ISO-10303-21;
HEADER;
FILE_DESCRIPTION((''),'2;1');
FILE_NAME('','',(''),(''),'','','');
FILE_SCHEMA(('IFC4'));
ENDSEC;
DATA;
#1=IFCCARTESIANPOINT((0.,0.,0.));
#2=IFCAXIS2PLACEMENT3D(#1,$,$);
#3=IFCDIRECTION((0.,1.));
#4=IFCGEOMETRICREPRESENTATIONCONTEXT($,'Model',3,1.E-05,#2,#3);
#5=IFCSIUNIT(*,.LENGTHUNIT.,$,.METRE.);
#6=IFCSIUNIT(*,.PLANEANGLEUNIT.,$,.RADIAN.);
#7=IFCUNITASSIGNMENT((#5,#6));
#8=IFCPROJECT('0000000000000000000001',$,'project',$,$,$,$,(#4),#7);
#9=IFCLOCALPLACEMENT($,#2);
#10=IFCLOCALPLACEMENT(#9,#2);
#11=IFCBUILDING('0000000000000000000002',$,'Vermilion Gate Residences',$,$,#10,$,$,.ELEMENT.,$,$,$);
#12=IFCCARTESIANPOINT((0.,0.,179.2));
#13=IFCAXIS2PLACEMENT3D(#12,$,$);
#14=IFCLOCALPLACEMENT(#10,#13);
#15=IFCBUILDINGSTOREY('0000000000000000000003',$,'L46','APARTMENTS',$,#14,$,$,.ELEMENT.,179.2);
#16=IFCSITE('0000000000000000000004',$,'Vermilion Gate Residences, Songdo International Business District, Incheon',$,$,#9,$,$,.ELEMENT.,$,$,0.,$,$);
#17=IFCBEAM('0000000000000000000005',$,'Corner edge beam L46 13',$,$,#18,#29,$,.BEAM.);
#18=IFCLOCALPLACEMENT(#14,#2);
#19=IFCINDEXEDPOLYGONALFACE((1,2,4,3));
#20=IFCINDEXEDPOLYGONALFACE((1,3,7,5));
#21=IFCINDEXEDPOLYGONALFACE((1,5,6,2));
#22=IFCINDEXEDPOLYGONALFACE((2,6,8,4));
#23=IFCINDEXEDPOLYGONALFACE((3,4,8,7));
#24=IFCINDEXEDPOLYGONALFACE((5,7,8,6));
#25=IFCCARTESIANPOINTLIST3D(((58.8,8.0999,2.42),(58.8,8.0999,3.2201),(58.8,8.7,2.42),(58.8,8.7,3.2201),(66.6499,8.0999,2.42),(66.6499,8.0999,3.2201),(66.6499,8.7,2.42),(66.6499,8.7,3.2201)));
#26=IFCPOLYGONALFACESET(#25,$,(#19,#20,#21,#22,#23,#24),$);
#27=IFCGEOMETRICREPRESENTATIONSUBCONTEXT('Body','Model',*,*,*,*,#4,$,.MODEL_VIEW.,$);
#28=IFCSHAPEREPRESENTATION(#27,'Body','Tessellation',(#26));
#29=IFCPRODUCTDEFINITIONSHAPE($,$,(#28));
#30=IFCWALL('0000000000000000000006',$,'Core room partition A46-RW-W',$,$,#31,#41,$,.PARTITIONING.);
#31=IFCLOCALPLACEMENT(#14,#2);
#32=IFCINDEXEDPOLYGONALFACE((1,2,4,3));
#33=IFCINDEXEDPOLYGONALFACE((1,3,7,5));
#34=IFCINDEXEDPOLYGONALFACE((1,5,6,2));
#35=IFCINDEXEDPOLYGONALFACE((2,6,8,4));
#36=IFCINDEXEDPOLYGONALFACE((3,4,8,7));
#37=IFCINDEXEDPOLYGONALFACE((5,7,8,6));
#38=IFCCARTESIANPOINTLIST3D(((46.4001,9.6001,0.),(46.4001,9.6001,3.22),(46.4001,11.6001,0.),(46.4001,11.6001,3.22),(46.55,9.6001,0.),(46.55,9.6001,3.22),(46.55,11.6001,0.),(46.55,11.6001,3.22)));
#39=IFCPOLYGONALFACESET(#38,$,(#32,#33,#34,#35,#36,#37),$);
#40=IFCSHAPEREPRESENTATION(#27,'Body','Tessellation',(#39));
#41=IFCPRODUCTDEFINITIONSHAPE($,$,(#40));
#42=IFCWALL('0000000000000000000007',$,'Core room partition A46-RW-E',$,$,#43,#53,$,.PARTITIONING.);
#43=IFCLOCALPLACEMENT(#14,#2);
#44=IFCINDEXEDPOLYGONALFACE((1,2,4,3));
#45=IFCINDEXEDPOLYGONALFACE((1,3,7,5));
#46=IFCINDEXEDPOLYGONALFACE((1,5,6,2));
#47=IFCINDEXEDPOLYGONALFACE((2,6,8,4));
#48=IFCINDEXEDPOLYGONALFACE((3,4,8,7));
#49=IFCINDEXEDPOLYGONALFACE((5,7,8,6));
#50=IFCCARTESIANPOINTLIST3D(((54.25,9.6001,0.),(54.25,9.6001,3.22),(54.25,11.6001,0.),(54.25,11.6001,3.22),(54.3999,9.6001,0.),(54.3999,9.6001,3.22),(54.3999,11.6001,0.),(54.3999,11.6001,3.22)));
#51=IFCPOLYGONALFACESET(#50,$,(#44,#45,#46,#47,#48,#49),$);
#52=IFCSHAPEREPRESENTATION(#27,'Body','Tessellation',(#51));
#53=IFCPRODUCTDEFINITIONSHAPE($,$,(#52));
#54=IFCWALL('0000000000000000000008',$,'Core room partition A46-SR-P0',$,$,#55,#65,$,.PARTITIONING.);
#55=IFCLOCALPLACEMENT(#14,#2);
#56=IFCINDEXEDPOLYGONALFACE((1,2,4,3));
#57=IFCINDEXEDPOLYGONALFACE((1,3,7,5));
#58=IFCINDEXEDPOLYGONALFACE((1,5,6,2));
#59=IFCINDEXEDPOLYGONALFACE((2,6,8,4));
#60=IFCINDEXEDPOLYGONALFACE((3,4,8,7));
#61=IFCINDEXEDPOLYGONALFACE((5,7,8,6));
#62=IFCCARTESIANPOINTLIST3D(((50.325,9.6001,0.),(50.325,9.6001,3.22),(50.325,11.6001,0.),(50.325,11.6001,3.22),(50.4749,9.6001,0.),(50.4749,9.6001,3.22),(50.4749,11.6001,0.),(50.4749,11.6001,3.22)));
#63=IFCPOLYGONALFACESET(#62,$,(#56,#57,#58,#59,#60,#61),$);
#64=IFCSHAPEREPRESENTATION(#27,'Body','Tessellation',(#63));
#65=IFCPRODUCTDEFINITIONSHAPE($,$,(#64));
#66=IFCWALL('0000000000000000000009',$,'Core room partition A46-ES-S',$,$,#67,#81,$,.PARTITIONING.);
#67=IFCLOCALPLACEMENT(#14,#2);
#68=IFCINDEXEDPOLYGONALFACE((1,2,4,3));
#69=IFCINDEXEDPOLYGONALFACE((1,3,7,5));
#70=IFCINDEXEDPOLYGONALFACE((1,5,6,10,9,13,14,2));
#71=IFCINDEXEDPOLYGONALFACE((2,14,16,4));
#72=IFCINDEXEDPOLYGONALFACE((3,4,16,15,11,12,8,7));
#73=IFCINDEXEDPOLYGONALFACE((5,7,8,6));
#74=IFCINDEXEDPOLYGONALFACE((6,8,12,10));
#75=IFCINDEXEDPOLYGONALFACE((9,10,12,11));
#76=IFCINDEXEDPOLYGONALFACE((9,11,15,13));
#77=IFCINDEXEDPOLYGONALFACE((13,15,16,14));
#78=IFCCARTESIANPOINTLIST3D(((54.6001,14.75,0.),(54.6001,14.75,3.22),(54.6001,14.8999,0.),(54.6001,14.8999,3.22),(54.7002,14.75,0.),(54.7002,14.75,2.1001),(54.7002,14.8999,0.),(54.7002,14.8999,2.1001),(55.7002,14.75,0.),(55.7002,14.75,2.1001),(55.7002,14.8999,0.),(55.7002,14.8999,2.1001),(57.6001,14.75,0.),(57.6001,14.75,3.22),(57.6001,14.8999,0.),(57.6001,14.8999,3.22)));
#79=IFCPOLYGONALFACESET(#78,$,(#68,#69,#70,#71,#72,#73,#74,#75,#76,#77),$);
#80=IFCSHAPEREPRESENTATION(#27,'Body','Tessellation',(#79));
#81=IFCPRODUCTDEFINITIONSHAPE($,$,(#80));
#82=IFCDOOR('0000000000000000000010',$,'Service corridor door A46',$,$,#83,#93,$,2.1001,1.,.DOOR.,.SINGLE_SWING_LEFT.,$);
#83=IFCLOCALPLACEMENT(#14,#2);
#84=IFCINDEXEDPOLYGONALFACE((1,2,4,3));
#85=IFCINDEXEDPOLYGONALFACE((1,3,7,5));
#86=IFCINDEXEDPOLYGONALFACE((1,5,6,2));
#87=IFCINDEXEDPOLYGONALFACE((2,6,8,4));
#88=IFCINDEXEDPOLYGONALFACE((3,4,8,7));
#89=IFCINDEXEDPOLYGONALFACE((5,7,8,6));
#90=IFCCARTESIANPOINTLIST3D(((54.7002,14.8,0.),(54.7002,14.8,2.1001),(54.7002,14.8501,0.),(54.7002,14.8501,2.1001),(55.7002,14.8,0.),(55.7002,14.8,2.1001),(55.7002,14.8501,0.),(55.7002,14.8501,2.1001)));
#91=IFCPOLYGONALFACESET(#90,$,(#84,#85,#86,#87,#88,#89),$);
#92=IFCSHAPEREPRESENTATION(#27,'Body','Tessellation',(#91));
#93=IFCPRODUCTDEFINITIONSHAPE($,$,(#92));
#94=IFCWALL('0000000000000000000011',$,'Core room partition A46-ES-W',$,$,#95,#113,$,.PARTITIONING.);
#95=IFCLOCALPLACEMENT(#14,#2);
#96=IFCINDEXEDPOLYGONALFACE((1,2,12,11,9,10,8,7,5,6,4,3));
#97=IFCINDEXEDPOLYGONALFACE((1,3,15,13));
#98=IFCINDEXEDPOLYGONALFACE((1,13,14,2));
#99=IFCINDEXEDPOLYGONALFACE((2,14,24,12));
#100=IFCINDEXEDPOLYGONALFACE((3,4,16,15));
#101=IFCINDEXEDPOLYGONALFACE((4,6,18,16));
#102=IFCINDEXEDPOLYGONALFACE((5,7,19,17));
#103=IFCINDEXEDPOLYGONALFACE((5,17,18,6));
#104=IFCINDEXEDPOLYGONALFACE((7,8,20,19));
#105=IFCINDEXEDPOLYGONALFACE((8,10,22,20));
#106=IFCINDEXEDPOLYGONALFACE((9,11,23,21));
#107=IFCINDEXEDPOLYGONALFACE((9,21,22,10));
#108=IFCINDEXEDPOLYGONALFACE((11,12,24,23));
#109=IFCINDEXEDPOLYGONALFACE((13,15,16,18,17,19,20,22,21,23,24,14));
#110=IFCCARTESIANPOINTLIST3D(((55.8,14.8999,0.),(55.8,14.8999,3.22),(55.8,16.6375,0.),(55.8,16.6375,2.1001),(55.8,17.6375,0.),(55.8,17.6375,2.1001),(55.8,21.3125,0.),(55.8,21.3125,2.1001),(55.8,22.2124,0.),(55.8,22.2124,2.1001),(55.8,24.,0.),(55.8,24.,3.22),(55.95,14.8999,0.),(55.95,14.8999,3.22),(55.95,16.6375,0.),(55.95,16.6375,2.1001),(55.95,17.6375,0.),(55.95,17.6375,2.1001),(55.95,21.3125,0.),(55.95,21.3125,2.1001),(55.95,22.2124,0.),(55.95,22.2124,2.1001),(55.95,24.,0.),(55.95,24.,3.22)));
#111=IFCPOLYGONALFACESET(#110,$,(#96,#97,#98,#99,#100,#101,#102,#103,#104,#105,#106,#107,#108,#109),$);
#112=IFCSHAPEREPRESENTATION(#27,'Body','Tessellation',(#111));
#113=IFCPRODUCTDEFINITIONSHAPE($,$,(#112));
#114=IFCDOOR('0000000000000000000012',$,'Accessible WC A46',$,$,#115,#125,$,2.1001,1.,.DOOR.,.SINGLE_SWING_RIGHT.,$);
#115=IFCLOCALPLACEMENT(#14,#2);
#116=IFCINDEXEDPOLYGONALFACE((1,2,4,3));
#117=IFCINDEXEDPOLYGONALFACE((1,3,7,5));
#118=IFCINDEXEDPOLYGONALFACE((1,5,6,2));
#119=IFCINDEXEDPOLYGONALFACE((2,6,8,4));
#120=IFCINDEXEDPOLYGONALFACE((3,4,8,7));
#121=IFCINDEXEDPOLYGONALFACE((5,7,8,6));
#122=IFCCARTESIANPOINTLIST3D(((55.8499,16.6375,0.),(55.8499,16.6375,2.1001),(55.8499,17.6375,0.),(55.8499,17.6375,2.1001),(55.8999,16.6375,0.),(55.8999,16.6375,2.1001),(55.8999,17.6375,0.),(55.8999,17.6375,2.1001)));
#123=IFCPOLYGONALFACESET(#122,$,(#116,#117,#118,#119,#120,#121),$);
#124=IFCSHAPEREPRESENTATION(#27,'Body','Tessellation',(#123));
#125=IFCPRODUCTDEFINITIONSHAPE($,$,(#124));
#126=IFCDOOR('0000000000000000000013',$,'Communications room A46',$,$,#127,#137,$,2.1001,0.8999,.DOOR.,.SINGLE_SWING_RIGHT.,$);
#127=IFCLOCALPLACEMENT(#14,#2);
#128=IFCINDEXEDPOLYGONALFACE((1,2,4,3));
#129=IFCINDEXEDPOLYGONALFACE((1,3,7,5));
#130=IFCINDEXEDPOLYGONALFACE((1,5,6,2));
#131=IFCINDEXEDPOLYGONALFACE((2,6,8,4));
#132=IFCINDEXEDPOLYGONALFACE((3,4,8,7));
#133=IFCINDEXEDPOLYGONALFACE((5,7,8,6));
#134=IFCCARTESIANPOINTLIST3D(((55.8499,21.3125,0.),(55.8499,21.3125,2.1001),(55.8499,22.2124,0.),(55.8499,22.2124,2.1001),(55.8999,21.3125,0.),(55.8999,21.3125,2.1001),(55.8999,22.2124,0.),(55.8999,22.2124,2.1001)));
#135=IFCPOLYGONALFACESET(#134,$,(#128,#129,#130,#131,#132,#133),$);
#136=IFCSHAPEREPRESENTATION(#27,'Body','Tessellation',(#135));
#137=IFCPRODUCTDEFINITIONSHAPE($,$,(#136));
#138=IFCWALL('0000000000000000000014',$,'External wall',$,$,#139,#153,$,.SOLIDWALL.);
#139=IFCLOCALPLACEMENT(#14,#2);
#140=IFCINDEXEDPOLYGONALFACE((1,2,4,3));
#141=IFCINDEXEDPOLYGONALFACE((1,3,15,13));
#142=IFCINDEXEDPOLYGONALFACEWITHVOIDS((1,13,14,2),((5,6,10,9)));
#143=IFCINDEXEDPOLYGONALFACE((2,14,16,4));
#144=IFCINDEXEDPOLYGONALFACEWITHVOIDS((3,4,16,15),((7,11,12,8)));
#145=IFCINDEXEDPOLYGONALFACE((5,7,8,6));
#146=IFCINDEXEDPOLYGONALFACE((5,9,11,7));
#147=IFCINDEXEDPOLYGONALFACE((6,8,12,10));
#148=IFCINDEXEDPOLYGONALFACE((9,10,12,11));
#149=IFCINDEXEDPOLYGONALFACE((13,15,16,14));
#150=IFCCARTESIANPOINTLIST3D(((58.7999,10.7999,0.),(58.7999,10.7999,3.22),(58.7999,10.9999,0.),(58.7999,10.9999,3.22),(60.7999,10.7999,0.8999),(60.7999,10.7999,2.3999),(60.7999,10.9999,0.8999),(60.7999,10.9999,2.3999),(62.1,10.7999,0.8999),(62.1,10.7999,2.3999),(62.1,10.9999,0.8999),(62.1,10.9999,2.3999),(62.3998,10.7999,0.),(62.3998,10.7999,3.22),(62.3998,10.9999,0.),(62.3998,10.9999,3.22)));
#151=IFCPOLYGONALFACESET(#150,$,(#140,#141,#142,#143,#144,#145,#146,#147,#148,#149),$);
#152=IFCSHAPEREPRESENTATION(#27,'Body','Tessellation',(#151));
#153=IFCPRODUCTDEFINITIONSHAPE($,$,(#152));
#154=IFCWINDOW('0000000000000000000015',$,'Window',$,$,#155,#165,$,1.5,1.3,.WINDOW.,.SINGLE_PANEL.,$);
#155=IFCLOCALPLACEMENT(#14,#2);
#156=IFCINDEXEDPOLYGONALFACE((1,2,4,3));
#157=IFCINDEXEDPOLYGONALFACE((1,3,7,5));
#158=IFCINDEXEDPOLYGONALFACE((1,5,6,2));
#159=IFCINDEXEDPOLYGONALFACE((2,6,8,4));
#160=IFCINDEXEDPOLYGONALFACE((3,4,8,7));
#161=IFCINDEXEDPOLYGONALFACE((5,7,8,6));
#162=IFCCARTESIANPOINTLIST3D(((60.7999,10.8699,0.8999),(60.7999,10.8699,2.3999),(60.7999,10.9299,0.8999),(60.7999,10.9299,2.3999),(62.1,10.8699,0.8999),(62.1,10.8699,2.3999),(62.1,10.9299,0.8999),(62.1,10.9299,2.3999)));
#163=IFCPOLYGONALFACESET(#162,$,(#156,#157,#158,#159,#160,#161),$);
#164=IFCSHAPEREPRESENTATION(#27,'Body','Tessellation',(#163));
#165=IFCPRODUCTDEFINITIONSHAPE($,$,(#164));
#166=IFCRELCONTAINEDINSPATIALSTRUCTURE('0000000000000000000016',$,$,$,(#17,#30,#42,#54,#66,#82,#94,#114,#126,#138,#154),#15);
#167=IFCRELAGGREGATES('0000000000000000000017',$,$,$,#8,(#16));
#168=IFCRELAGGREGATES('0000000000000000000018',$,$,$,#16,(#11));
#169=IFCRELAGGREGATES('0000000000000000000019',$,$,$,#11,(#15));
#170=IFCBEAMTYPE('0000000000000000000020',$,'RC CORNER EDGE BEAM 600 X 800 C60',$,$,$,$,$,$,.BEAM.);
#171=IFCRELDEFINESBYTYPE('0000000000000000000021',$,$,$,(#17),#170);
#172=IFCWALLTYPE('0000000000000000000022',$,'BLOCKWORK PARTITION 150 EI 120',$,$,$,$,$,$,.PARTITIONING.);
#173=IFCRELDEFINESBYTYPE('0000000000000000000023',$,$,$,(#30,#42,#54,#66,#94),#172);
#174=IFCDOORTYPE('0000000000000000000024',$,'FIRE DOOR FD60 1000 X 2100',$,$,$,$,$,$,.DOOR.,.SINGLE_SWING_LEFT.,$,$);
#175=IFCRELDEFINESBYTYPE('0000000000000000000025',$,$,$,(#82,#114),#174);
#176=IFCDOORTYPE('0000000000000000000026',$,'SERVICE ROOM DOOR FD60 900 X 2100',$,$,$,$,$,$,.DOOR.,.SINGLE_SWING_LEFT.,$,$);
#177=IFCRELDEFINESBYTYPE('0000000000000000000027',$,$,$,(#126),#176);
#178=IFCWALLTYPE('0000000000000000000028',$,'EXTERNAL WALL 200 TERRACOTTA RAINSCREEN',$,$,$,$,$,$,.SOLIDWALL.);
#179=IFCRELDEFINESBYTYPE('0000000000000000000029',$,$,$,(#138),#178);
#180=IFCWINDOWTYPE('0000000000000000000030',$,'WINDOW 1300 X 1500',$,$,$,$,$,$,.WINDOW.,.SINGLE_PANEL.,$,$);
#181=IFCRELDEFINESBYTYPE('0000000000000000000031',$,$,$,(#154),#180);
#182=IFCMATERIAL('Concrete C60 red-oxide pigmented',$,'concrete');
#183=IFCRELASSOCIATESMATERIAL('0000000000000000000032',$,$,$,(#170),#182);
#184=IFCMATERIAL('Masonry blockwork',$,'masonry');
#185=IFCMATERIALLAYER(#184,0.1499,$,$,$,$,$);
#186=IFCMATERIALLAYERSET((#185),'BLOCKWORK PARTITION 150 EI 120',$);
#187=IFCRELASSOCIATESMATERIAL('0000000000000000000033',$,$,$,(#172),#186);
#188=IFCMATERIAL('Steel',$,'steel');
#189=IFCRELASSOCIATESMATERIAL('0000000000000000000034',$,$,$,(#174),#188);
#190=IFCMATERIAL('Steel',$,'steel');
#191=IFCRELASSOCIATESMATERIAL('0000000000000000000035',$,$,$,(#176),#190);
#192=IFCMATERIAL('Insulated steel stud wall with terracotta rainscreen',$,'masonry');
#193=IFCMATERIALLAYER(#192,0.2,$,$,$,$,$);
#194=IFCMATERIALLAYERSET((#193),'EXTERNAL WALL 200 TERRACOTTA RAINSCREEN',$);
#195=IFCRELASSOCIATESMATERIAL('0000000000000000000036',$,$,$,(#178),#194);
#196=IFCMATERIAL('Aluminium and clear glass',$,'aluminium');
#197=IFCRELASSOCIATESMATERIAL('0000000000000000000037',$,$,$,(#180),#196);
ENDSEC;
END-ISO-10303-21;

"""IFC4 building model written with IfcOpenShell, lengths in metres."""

from ifc_helpers import new_model, si_unit, direction, frame, frame_2d, origin, origin_2d, place, context, subcontext, project, spatial, rectangle, extrude, material, layer, layer_set, material_profile, profile_set, type_object, element, fill, save


model = new_model("IFC4")

# Units and contexts
model_context = context("Model", 3, precision=1e-05, world=origin(), true_north=direction((0.0, 1.0)))
body_context = subcontext(model_context, "Body", "Model", "MODEL_VIEW")
ifc_project = project(units=[si_unit("LENGTHUNIT", "METRE"), si_unit("PLANEANGLEUNIT", "RADIAN")], contexts=[model_context])

# Site, building, storey
site_placement = place(None, origin())
site = spatial("IfcSite", under=ifc_project, at=site_placement, Name="Vermilion Gate Residences, Songdo International Business District, Incheon", CompositionType="ELEMENT", RefElevation=0.0)
building_placement = place(site_placement, origin())
building = spatial("IfcBuilding", under=site, at=building_placement, Name="Vermilion Gate Residences", CompositionType="ELEMENT")
storey_placement = place(building_placement, frame((0.0, 0.0, 179.2)))
storey = spatial("IfcBuildingStorey", under=building, at=storey_placement, Name="L46", Description="APARTMENTS", CompositionType="ELEMENT", Elevation=179.2)

# Beam
ifc_material_1 = material(Name="Concrete C60 red-oxide pigmented", Category="concrete")
ifc_material_profile = material_profile(ifc_material_1, rectangle(XDim=0.6001, YDim=0.8, at=origin_2d()), Name="RC-600x800")
ifc_profile_set = profile_set([ifc_material_profile], Name="Concrete C60 red-oxide pigmented")
beam_type = type_object("IfcBeamType", Name="RC CORNER EDGE BEAM 600 X 800 C60", PredefinedType="BEAM", material=ifc_profile_set)
beam_placement = place(storey_placement, frame((58.8, 8.3999, 2.8201), z_axis=(1.0, 0.0, 0.0), x_axis=(0.0, 1.0, 0.0)))
element("IfcBeam", 1, at=beam_placement, inside=storey, type_object=beam_type, Name="Corner edge beam L46 13", PredefinedType="BEAM", context=body_context, shape_type="SweptSolid", body=[
    extrude(rectangle(XDim=0.6001, YDim=0.8, at=origin_2d()), origin(), (0.0, 0.0, 1.0), 7.8499),
])

# Walls
ifc_material_2 = material(Name="Masonry blockwork", Category="masonry")
ifc_layer_1 = layer(ifc_material_2, 0.1499)
ifc_layer_set_1 = layer_set([ifc_layer_1], Name="BLOCKWORK PARTITION 150 EI 120")
wall_type_1 = type_object("IfcWallType", Name="BLOCKWORK PARTITION 150 EI 120", PredefinedType="PARTITIONING", material=ifc_layer_set_1)
for number, where, z_axis, x_axis, name in (
    (2, (46.4751, 9.6001, 0.0), (0.0, 0.0, 1.0), (0.0, 1.0, 0.0), "Core room partition A46-RW-W"),
    (3, (54.325, 9.6001, 0.0), (0.0, 0.0, 1.0), (0.0, 1.0, 0.0), "Core room partition A46-RW-E"),
    (4, (50.3999, 9.6001, 0.0), (0.0, 0.0, 1.0), (0.0, 1.0, 0.0), "Core room partition A46-SR-P0"),
):
    element("IfcWall", number, at=place(storey_placement, frame(where, z_axis=z_axis, x_axis=x_axis)), inside=storey, type_object=wall_type_1, Name=name, PredefinedType="PARTITIONING", context=body_context, shape_type="SweptSolid", body=[
        extrude(rectangle(XDim=2.0, YDim=0.1499, at=frame_2d((1.0, 0.0))), origin(), (0.0, 0.0, 1.0), 3.22),
    ])

# Wall, opening, door
wall_1_placement = place(storey_placement, frame((54.6001, 14.825, 0.0), z_axis=(0.0, 0.0, 1.0), x_axis=(1.0, 0.0, 0.0)))
wall_1 = element("IfcWall", 5, at=wall_1_placement, inside=storey, type_object=wall_type_1, Name="Core room partition A46-ES-S", PredefinedType="PARTITIONING", context=body_context, shape_type="SweptSolid", body=[
    extrude(rectangle(XDim=3.0, YDim=0.1499, at=frame_2d((1.5, 0.0))), origin(), (0.0, 0.0, 1.0), 3.22),
])
opening_1_placement = place(wall_1_placement, frame((0.1001, 0.0, 0.0)))
opening_1 = element("IfcOpeningElement", 6, at=opening_1_placement, cuts=wall_1, PredefinedType="OPENING", context=body_context, shape_type="SweptSolid", body=[
    extrude(rectangle(XDim=1.0, YDim=2.1001, at=frame_2d((0.5, 1.05))), frame((0.0, 0.085, 0.0), z_axis=(0.0, -1.0, 0.0), x_axis=(1.0, 0.0, 0.0)), (0.0, 0.0, 1.0), 0.1699),
])
ifc_material_3 = material(Name="Steel", Category="steel")
door_type_1 = type_object("IfcDoorType", Name="FIRE DOOR FD60 1000 X 2100", OperationType="SINGLE_SWING_LEFT", PredefinedType="DOOR", material=ifc_material_3)
door_1_placement = place(opening_1_placement, frame((1.0, 0.0, 0.0), z_axis=(0.0, 0.0, 1.0), x_axis=(-1.0, 0.0, 0.0)))
door_1 = element("IfcDoor", 7, at=door_1_placement, inside=storey, type_object=door_type_1, Name="Service corridor door A46", OperationType="SINGLE_SWING_LEFT", OverallHeight=2.1001, OverallWidth=1.0, PredefinedType="DOOR", context=body_context, shape_type="SweptSolid", body=[
    extrude(rectangle(XDim=1.0, YDim=2.1001, at=frame_2d((0.5, 1.05))), frame((0.0, 0.0249, 0.0), z_axis=(0.0, -1.0, 0.0), x_axis=(1.0, 0.0, 0.0)), (0.0, 0.0, 1.0), 0.05),
])
fill(opening_1, door_1)

# Wall, openings, doors
wall_2_placement = place(storey_placement, frame((55.875, 14.8999, 0.0), z_axis=(0.0, 0.0, 1.0), x_axis=(0.0, 1.0, 0.0)))
wall_2 = element("IfcWall", 8, at=wall_2_placement, inside=storey, type_object=wall_type_1, Name="Core room partition A46-ES-W", PredefinedType="PARTITIONING", context=body_context, shape_type="SweptSolid", body=[
    extrude(rectangle(XDim=9.1001, YDim=0.1499, at=frame_2d((4.55, 0.0))), origin(), (0.0, 0.0, 1.0), 3.22),
])
opening_2_placement = place(wall_2_placement, frame((1.7375, 0.0, 0.0)))
opening_2 = element("IfcOpeningElement", 9, at=opening_2_placement, cuts=wall_2, PredefinedType="OPENING", context=body_context, shape_type="SweptSolid", body=[
    extrude(rectangle(XDim=1.0, YDim=2.1001, at=frame_2d((0.5, 1.05))), frame((0.0, 0.085, 0.0), z_axis=(0.0, -1.0, 0.0), x_axis=(1.0, 0.0, 0.0)), (0.0, 0.0, 1.0), 0.1699),
])
opening_3_placement = place(wall_2_placement, frame((6.4126, 0.0, 0.0)))
opening_3 = element("IfcOpeningElement", 10, at=opening_3_placement, cuts=wall_2, PredefinedType="OPENING", context=body_context, shape_type="SweptSolid", body=[
    extrude(rectangle(XDim=0.8999, YDim=2.1001, at=frame_2d((0.45, 1.05))), frame((0.0, 0.085, 0.0), z_axis=(0.0, -1.0, 0.0), x_axis=(1.0, 0.0, 0.0)), (0.0, 0.0, 1.0), 0.1699),
])
door_2_placement = place(opening_2_placement, frame((1.0, 0.0, 0.0), z_axis=(0.0, 0.0, 1.0), x_axis=(-1.0, 0.0, 0.0)))
door_2 = element("IfcDoor", 11, at=door_2_placement, inside=storey, type_object=door_type_1, Name="Accessible WC A46", OperationType="SINGLE_SWING_RIGHT", OverallHeight=2.1001, OverallWidth=1.0, PredefinedType="DOOR", context=body_context, shape_type="SweptSolid", body=[
    extrude(rectangle(XDim=1.0, YDim=2.1001, at=frame_2d((0.5, 1.05))), frame((0.0, 0.0249, 0.0), z_axis=(0.0, -1.0, 0.0), x_axis=(1.0, 0.0, 0.0)), (0.0, 0.0, 1.0), 0.05),
])
fill(opening_2, door_2)
ifc_material_4 = material(Name="Steel", Category="steel")
door_type_2 = type_object("IfcDoorType", Name="SERVICE ROOM DOOR FD60 900 X 2100", OperationType="SINGLE_SWING_LEFT", PredefinedType="DOOR", material=ifc_material_4)
door_3_placement = place(opening_3_placement, frame((0.8999, 0.0, 0.0), z_axis=(0.0, 0.0, 1.0), x_axis=(-1.0, 0.0, 0.0)))
door_3 = element("IfcDoor", 12, at=door_3_placement, inside=storey, type_object=door_type_2, Name="Communications room A46", OperationType="SINGLE_SWING_RIGHT", OverallHeight=2.1001, OverallWidth=0.8999, PredefinedType="DOOR", context=body_context, shape_type="SweptSolid", body=[
    extrude(rectangle(XDim=0.8999, YDim=2.1001, at=frame_2d((0.45, 1.05))), frame((0.0, 0.0249, 0.0), z_axis=(0.0, -1.0, 0.0), x_axis=(1.0, 0.0, 0.0)), (0.0, 0.0, 1.0), 0.05),
])
fill(opening_3, door_3)

# Wall, opening, window
ifc_material_5 = material(Name="Insulated steel stud wall with terracotta rainscreen", Category="masonry")
ifc_layer_2 = layer(ifc_material_5, 0.2)
ifc_layer_set_2 = layer_set([ifc_layer_2], Name="EXTERNAL WALL 200 TERRACOTTA RAINSCREEN")
wall_type_2 = type_object("IfcWallType", Name="EXTERNAL WALL 200 TERRACOTTA RAINSCREEN", PredefinedType="SOLIDWALL", material=ifc_layer_set_2)
wall_3_placement = place(storey_placement, frame((58.8, 10.8999, 0.0), z_axis=(0.0, 0.0, 1.0), x_axis=(1.0, 0.0, 0.0)))
wall_3 = element("IfcWall", 13, at=wall_3_placement, inside=storey, type_object=wall_type_2, Name="External wall", PredefinedType="SOLIDWALL", context=body_context, shape_type="SweptSolid", body=[
    extrude(rectangle(XDim=3.5999, YDim=0.2, at=frame_2d((1.7998, 0.0))), origin(), (0.0, 0.0, 1.0), 3.22),
])
opening_4_placement = place(wall_3_placement, frame((2.0, 0.0, 0.8999)))
opening_4 = element("IfcOpeningElement", 14, at=opening_4_placement, cuts=wall_3, PredefinedType="OPENING", context=body_context, shape_type="SweptSolid", body=[
    extrude(rectangle(XDim=1.3, YDim=1.5, at=frame_2d((0.6499, 0.75))), frame((0.0, 0.1099, 0.0), z_axis=(0.0, -1.0, 0.0), x_axis=(1.0, 0.0, 0.0)), (0.0, 0.0, 1.0), 0.22),
])
ifc_material_6 = material(Name="Aluminium and clear glass", Category="aluminium")
window_type = type_object("IfcWindowType", Name="WINDOW 1300 X 1500", PartitioningType="SINGLE_PANEL", PredefinedType="WINDOW", material=ifc_material_6)
window_placement = place(opening_4_placement, origin())
window = element("IfcWindow", 15, at=window_placement, inside=storey, type_object=window_type, Name="Window", OverallHeight=1.5, OverallWidth=1.3, PartitioningType="SINGLE_PANEL", PredefinedType="WINDOW", context=body_context, shape_type="SweptSolid", body=[
    extrude(rectangle(XDim=1.3, YDim=1.5, at=frame_2d((0.6499, 0.75))), frame((0.0, 0.03, 0.0), z_axis=(0.0, -1.0, 0.0), x_axis=(1.0, 0.0, 0.0)), (0.0, 0.0, 1.0), 0.0601),
])
fill(opening_4, window)

save(model, "model.ifc")
